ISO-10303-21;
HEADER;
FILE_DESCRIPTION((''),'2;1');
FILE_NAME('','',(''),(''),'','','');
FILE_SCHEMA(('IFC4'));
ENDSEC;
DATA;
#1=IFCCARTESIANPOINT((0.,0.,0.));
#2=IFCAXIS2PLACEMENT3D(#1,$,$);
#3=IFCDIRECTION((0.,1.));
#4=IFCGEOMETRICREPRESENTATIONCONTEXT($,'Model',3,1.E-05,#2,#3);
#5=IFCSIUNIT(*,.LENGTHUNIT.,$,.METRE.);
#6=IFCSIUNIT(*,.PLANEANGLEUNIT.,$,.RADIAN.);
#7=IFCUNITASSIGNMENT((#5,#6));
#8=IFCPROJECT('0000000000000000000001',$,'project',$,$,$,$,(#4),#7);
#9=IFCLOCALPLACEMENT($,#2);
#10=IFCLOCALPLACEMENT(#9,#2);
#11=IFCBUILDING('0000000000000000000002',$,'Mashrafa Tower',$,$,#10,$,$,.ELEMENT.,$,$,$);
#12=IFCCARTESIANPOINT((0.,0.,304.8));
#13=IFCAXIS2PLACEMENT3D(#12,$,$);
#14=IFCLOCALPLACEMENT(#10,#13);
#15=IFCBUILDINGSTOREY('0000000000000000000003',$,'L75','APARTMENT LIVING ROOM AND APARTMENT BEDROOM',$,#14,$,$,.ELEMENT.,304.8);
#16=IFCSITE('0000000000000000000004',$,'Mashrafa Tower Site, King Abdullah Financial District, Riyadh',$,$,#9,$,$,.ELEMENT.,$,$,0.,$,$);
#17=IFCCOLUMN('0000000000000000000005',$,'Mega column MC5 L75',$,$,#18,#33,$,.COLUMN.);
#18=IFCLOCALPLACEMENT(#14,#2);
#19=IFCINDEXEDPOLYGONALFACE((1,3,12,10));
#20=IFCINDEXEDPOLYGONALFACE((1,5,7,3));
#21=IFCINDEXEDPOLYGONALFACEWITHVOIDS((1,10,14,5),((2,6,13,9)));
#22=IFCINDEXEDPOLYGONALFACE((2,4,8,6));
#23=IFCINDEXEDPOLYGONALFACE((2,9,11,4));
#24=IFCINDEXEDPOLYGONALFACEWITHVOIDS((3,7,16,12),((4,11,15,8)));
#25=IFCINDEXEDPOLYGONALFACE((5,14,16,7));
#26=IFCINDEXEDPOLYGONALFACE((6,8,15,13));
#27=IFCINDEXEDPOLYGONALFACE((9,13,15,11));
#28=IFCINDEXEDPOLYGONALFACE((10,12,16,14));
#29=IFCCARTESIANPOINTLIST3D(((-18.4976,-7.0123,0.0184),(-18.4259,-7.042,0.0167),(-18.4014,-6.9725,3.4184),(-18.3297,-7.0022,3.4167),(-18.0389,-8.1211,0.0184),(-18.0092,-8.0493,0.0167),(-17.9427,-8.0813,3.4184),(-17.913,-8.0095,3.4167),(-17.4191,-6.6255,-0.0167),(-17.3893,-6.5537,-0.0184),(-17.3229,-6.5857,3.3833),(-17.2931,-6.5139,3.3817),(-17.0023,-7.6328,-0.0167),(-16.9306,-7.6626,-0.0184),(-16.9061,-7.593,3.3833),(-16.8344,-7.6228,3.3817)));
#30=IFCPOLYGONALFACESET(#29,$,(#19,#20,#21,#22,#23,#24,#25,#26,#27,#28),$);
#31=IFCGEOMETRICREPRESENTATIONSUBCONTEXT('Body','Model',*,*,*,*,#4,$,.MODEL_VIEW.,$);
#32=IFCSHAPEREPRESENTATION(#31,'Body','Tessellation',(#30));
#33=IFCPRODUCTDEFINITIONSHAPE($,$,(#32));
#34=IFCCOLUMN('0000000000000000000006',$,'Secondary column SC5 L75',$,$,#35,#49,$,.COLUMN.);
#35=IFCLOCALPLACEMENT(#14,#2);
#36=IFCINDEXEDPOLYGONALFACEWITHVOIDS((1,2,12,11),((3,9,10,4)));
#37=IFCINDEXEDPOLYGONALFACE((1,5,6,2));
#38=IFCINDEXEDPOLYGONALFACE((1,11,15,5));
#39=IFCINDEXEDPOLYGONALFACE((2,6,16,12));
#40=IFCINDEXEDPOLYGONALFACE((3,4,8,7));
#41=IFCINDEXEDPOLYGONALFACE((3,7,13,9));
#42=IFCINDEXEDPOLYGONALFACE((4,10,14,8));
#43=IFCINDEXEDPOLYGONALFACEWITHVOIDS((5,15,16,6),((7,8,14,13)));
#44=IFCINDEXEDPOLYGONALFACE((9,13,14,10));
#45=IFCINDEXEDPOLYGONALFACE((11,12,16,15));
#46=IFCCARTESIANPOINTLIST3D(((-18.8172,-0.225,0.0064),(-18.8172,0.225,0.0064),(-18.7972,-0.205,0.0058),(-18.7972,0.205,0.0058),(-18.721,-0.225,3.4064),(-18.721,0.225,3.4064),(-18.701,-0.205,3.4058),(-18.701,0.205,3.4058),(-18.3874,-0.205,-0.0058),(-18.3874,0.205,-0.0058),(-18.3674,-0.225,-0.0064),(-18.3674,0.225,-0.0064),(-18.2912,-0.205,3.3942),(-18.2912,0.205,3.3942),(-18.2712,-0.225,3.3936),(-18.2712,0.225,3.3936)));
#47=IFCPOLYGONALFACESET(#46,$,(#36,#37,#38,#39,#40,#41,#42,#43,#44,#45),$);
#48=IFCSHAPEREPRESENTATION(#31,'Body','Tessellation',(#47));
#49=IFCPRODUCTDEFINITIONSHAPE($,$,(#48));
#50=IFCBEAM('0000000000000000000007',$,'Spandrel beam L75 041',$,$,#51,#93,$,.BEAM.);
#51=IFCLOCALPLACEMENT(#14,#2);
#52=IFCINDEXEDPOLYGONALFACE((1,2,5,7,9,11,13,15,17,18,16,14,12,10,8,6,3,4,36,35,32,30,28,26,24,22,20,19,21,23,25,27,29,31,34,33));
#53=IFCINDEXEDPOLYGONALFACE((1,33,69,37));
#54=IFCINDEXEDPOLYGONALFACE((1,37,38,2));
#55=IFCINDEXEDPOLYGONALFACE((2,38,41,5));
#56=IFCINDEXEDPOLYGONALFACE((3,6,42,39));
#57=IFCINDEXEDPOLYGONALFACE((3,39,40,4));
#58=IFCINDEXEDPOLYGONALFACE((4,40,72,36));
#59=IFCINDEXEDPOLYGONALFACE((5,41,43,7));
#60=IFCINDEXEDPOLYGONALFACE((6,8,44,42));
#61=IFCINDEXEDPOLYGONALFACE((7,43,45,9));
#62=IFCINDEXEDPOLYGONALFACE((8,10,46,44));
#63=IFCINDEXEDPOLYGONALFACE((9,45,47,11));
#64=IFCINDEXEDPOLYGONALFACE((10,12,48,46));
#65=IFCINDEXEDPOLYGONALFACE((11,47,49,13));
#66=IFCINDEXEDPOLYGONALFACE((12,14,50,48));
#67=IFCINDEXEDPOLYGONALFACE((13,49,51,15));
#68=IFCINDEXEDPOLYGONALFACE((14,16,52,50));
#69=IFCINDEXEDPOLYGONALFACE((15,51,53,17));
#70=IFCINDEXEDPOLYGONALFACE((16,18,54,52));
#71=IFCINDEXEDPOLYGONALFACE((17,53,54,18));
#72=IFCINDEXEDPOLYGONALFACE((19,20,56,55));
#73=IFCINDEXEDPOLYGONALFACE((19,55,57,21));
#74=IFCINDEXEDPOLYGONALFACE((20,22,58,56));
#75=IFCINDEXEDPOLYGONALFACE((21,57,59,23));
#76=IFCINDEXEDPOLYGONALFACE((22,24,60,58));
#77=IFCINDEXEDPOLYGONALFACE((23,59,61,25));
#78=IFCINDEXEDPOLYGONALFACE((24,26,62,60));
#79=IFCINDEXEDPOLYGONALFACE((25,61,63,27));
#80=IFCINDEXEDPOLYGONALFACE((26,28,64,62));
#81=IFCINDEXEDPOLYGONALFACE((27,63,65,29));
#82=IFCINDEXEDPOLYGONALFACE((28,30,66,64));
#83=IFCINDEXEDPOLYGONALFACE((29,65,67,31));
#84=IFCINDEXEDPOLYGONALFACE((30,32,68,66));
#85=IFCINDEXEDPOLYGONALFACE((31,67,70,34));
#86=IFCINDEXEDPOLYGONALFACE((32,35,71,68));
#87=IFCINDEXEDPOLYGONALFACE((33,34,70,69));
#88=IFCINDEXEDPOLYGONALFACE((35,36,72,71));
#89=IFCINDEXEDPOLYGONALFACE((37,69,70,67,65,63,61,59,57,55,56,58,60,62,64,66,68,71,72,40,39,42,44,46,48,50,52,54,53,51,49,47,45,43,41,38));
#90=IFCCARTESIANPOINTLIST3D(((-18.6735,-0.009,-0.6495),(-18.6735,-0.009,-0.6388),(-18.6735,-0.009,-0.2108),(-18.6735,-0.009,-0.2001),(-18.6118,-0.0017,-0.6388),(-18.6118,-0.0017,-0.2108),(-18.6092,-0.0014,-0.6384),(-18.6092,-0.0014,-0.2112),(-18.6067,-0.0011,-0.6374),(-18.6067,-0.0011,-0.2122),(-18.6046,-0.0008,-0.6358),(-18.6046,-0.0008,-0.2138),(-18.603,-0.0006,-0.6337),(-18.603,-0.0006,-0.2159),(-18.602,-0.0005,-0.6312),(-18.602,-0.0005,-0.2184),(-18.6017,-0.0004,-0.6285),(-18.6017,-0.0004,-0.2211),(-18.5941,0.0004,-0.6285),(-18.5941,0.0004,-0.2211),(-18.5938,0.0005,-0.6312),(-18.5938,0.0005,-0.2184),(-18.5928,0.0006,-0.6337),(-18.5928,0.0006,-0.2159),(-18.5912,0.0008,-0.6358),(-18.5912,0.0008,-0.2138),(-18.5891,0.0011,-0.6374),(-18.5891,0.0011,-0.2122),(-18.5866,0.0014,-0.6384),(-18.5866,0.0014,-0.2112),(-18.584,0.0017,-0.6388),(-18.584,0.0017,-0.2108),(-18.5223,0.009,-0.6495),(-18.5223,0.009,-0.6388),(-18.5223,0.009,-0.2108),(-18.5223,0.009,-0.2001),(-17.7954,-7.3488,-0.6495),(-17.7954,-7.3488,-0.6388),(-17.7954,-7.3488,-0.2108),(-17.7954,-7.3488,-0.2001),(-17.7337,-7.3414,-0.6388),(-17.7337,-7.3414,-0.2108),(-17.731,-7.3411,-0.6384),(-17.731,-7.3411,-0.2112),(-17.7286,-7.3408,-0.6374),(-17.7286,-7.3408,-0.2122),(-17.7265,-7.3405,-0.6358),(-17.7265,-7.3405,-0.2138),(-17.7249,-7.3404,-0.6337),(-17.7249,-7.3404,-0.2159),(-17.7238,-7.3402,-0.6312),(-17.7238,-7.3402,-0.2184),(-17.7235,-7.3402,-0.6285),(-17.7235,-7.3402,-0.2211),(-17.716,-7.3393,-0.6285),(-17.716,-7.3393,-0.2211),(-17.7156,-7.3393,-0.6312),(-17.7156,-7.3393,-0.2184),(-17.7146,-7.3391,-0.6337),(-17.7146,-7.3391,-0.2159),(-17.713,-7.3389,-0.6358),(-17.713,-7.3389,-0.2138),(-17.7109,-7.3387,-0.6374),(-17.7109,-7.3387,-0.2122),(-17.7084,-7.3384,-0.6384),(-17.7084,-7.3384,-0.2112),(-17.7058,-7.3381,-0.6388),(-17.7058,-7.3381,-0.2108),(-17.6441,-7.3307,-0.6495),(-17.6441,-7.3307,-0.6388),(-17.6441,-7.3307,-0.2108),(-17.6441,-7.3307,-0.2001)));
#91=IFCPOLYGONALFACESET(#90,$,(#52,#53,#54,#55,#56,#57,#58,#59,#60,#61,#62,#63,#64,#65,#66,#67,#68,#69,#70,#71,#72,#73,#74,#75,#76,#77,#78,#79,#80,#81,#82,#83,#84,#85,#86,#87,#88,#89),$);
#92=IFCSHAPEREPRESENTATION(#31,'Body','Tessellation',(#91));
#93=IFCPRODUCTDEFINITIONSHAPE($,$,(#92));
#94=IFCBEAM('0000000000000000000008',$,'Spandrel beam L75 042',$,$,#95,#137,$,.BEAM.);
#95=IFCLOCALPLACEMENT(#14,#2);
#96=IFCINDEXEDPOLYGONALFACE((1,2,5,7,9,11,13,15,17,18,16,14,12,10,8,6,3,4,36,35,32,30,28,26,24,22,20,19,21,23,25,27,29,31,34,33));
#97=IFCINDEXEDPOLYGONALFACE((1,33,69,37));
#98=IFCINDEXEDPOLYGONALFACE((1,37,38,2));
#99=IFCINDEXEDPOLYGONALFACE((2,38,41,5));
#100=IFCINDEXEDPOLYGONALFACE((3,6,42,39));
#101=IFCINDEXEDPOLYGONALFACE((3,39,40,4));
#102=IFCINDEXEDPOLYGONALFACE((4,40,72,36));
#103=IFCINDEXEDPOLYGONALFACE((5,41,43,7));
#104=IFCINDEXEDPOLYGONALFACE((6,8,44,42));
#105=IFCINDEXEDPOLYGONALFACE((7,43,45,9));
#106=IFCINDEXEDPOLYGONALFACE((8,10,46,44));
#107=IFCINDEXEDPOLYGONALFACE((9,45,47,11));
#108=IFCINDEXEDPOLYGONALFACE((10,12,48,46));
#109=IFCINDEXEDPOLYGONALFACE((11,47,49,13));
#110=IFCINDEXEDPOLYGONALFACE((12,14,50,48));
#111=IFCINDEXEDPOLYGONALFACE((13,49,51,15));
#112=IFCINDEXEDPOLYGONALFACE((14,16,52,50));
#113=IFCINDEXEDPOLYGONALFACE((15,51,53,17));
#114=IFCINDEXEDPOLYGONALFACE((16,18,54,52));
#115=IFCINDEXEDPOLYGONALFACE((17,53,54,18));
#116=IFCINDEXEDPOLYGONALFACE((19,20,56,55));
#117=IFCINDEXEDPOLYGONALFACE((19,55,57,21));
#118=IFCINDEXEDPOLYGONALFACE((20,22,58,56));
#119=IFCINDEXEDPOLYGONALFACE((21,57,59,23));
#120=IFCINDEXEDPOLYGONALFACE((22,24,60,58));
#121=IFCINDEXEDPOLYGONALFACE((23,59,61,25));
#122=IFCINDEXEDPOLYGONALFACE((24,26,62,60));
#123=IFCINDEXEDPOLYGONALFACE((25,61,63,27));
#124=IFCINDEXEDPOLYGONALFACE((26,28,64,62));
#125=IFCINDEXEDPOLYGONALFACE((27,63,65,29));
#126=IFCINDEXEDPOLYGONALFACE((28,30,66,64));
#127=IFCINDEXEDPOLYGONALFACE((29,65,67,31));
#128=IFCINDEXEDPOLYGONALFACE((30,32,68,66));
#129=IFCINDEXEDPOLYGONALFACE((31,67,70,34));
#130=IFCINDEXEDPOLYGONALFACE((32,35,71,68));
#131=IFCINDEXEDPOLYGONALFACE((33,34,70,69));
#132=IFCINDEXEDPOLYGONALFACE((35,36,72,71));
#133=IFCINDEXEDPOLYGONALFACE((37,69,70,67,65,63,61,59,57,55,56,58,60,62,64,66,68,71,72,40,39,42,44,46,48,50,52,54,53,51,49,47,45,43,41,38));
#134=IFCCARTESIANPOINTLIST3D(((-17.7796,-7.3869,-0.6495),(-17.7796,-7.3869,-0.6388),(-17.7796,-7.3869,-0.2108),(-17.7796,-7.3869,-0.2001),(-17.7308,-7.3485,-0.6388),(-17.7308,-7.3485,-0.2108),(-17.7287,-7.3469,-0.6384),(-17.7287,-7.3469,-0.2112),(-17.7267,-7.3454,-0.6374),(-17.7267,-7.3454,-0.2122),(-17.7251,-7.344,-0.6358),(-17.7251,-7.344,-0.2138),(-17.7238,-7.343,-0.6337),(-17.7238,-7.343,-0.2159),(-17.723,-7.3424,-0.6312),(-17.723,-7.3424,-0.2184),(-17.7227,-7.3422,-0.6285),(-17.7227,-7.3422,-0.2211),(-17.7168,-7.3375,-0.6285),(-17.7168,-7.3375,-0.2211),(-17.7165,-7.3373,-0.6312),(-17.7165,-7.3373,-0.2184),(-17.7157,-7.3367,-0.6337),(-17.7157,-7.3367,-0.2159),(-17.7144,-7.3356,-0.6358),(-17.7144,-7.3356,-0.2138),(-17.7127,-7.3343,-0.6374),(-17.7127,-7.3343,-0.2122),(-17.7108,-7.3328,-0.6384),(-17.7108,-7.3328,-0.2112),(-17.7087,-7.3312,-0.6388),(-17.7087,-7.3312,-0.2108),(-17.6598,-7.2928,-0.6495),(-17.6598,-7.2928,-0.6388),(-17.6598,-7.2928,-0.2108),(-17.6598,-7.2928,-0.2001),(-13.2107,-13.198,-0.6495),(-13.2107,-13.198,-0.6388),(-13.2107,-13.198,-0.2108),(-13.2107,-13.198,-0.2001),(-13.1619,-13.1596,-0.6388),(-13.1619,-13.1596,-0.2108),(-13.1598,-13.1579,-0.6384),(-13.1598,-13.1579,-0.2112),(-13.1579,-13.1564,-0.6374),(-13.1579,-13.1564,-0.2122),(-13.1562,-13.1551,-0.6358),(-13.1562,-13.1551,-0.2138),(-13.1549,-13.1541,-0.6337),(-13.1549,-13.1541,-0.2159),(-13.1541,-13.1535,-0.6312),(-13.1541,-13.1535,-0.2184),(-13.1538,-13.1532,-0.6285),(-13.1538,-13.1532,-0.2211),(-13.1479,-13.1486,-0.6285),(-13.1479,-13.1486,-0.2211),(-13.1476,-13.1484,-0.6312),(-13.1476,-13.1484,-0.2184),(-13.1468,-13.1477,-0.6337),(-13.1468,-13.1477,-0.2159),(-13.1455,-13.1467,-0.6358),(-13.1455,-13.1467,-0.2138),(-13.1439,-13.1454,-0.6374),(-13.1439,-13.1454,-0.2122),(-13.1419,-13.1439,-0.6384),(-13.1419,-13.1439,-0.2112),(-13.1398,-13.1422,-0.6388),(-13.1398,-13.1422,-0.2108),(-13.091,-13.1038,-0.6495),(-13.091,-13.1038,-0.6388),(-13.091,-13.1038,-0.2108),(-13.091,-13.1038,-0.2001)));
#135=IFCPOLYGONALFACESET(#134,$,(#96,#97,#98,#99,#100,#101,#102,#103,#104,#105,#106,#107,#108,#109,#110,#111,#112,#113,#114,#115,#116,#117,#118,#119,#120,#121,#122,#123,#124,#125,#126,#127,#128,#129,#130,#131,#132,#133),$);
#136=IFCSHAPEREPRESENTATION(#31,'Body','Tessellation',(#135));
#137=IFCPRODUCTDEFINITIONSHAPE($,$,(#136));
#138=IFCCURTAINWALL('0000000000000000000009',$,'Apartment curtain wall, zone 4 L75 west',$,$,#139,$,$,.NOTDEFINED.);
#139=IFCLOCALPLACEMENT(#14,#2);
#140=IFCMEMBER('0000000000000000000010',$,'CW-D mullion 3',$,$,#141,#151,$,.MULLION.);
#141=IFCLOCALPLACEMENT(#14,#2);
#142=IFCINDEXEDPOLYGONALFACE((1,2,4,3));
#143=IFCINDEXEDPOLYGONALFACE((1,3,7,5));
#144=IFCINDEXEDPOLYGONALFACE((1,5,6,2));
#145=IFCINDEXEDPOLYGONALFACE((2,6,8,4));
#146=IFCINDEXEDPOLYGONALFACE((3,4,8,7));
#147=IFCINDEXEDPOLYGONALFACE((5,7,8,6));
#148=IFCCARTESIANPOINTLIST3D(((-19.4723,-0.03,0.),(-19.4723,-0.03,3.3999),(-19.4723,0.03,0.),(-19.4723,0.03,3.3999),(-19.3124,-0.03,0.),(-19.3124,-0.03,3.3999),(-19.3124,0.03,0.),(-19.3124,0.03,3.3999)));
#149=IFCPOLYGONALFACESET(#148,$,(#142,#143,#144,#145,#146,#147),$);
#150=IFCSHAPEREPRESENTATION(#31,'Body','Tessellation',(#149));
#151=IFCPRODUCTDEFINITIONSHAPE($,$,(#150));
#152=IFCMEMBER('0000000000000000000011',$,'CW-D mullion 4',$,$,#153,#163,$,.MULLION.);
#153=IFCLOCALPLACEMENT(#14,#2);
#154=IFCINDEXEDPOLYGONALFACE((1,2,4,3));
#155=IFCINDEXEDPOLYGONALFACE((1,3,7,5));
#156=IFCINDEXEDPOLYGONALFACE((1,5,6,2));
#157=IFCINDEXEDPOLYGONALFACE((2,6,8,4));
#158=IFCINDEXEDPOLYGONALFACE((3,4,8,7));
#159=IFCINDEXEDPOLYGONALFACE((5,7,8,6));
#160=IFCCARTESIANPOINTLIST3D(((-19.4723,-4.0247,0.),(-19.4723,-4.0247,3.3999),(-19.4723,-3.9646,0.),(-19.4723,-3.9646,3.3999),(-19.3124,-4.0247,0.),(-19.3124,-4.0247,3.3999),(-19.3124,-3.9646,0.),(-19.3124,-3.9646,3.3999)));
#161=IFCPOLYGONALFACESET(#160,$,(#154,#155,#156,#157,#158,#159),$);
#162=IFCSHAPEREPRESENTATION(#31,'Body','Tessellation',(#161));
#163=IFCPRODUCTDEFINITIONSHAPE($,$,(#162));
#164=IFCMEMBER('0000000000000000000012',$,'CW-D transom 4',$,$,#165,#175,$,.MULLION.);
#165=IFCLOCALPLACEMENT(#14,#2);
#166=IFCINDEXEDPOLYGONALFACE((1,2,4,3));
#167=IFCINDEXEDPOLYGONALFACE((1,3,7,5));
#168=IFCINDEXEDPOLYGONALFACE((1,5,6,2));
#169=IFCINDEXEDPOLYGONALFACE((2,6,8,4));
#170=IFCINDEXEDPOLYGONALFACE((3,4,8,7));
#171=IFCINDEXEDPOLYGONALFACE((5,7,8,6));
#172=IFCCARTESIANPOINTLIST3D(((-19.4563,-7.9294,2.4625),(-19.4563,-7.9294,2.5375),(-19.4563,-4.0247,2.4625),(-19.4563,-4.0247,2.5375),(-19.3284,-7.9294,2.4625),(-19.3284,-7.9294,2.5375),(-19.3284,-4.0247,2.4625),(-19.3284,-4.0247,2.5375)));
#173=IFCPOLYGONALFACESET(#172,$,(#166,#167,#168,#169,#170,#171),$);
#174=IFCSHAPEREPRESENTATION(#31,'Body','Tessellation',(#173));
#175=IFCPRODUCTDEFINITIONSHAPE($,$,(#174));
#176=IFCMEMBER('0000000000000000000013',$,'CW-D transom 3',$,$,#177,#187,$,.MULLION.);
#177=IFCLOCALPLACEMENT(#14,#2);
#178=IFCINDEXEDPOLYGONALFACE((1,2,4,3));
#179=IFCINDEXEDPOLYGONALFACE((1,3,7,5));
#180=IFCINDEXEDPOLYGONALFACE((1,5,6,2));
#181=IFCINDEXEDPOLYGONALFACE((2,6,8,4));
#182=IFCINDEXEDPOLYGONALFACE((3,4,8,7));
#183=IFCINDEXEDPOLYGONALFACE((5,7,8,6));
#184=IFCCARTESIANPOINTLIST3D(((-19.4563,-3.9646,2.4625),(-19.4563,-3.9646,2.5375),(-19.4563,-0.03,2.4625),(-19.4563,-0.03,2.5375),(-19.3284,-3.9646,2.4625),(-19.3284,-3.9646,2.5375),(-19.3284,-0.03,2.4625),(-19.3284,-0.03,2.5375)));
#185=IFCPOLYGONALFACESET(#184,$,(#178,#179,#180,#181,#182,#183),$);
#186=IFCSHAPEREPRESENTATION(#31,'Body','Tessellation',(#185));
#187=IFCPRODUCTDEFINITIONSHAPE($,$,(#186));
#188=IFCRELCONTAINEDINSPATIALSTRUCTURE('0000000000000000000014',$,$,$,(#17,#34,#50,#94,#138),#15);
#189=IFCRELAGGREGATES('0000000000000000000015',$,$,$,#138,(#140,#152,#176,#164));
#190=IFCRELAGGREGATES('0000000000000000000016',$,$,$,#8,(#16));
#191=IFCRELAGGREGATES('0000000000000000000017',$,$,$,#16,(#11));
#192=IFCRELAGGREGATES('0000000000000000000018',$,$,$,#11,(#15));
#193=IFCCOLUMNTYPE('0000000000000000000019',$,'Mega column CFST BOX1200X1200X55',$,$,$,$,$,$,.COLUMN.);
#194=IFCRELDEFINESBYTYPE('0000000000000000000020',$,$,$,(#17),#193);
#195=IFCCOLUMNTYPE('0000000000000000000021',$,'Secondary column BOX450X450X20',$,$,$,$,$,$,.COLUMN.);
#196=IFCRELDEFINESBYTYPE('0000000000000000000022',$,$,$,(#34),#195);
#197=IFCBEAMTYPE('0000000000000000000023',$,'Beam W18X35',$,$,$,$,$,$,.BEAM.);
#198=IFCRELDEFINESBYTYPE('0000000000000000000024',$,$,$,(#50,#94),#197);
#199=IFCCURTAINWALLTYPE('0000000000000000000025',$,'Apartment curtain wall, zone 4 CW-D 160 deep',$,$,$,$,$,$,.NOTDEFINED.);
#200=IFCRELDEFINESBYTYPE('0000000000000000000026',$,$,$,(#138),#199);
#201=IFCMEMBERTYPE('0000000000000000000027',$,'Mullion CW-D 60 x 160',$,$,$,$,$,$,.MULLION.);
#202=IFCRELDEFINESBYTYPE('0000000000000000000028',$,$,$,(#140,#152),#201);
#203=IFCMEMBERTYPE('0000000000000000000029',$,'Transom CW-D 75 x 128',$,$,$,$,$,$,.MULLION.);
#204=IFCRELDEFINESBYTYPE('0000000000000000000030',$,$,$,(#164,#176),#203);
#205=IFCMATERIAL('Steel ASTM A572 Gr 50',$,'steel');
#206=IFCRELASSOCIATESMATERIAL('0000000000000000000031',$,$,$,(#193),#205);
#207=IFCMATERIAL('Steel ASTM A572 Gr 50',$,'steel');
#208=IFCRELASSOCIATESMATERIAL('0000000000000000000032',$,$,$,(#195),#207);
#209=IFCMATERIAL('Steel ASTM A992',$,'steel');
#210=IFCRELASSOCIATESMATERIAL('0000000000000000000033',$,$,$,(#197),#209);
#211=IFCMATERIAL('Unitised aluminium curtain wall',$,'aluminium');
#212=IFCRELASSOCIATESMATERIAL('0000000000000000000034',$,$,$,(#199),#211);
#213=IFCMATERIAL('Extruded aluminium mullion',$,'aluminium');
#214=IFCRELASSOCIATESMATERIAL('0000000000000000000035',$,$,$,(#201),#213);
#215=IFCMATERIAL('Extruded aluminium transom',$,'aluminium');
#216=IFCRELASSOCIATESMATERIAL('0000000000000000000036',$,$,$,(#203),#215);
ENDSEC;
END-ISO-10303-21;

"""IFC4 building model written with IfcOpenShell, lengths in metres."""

from ifc_helpers import new_model, si_unit, direction, frame, origin, origin_2d, place, context, subcontext, project, spatial, rectangle, hollow_rectangle, i_section, extrude, source, transform, mapped, material, material_profile, profile_set, type_object, type_shapes, element, aggregate, save


model = new_model("IFC4")

# Units and contexts
model_context = context("Model", 3, precision=1e-05, world=origin(), true_north=direction((0.0, 1.0)))
body_context = subcontext(model_context, "Body", "Model", "MODEL_VIEW")
ifc_project = project(units=[si_unit("LENGTHUNIT", "METRE"), si_unit("PLANEANGLEUNIT", "RADIAN")], contexts=[model_context])

# Site, building, storey
site_placement = place(None, origin())
site = spatial("IfcSite", under=ifc_project, at=site_placement, Name="Mashrafa Tower Site, King Abdullah Financial District, Riyadh", CompositionType="ELEMENT", RefElevation=0.0)
building_placement = place(site_placement, origin())
building = spatial("IfcBuilding", under=site, at=building_placement, Name="Mashrafa Tower", CompositionType="ELEMENT")
storey_placement = place(building_placement, frame((0.0, 0.0, 304.8)))
storey = spatial("IfcBuildingStorey", under=building, at=storey_placement, Name="L75", Description="APARTMENT LIVING ROOM AND APARTMENT BEDROOM", CompositionType="ELEMENT", Elevation=304.8)

# Columns
ifc_material_1 = material(Name="Steel ASTM A572 Gr 50", Category="steel")
ifc_material_profile_1 = material_profile(ifc_material_1, hollow_rectangle(XDim=1.2, YDim=1.2, WallThickness=0.0549, at=origin_2d()), Name="BOX1200X1200X55")
ifc_profile_set_1 = profile_set([ifc_material_profile_1], Name="Steel ASTM A572 Gr 50")
column_type_1 = type_object("IfcColumnType", Name="Mega column CFST BOX1200X1200X55", PredefinedType="COLUMN", material=ifc_profile_set_1)
column_1_placement = place(storey_placement, frame((-17.7141, -7.3374, 0.0), z_axis=(0.028279, 0.011699, 0.999532), x_axis=(-0.382283, 0.924045, 0.0)))
element("IfcColumn", 1, at=column_1_placement, inside=storey, type_object=column_type_1, Name="Mega column MC5 L75", PredefinedType="COLUMN", context=body_context, shape_type="SweptSolid", body=[
    extrude(hollow_rectangle(XDim=1.2, YDim=1.2, WallThickness=0.0549, at=origin_2d()), origin(), (0.0, 0.0, 1.0), 3.4016),
])
ifc_material_2 = material(Name="Steel ASTM A572 Gr 50", Category="steel")
ifc_material_profile_2 = material_profile(ifc_material_2, hollow_rectangle(XDim=0.45, YDim=0.45, WallThickness=0.02, at=origin_2d()), Name="BOX450X450X20")
ifc_profile_set_2 = profile_set([ifc_material_profile_2], Name="Steel ASTM A572 Gr 50")
column_type_2 = type_object("IfcColumnType", Name="Secondary column BOX450X450X20", PredefinedType="COLUMN", material=ifc_profile_set_2)
column_2_placement = place(storey_placement, frame((-18.5923, 0.0, 0.0), z_axis=(0.028281, 0.0, 0.9996), x_axis=(0.0, 1.0, 0.0)))
element("IfcColumn", 2, at=column_2_placement, inside=storey, type_object=column_type_2, Name="Secondary column SC5 L75", PredefinedType="COLUMN", context=body_context, shape_type="SweptSolid", body=[
    extrude(hollow_rectangle(XDim=0.45, YDim=0.45, WallThickness=0.02, at=origin_2d()), origin(), (0.0, 0.0, 1.0), 3.4014),
])

# Beams
ifc_material_3 = material(Name="Steel ASTM A992", Category="steel")
ifc_material_profile_3 = material_profile(ifc_material_3, i_section(OverallWidth=0.1523, OverallDepth=0.4495, WebThickness=0.0076, FlangeThickness=0.0107, FilletRadius=0.0103, at=origin_2d()), Name="W18X35")
ifc_profile_set_3 = profile_set([ifc_material_profile_3], Name="Steel ASTM A992")
beam_type = type_object("IfcBeamType", Name="Beam W18X35", PredefinedType="BEAM", material=ifc_profile_set_3)
for number, where, z_axis, x_axis, name in (
    (3, (-18.5979, 0.0, -0.4248), (0.118797, -0.992919, 0.0), (0.992919, 0.118797, 0.0), "Spandrel beam L75 041"),
    (4, (-17.7197, -7.3398, -0.4248), (0.618075, -0.786119, 0.0), (0.786119, 0.618075, 0.0), "Spandrel beam L75 042"),
):
    element("IfcBeam", number, at=place(storey_placement, frame(where, z_axis=z_axis, x_axis=x_axis)), inside=storey, type_object=beam_type, Name=name, PredefinedType="BEAM", context=body_context, shape_type="SweptSolid", body=[
        extrude(i_section(OverallWidth=0.1523, OverallDepth=0.4495, WebThickness=0.0076, FlangeThickness=0.0107, FilletRadius=0.0103, at=origin_2d()), origin(), (0.0, 0.0, 1.0), 7.3921),
    ])

# Curtain wall, members
ifc_material_4 = material(Name="Unitised aluminium curtain wall", Category="aluminium")
curtain_wall_type = type_object("IfcCurtainWallType", Name="Apartment curtain wall, zone 4 CW-D 160 deep", PredefinedType="NOTDEFINED", material=ifc_material_4)
curtain_wall_placement = place(storey_placement, origin())
curtain_wall = element("IfcCurtainWall", 5, at=curtain_wall_placement, inside=storey, type_object=curtain_wall_type, Name="Apartment curtain wall, zone 4 L75 west", PredefinedType="NOTDEFINED")
ifc_material_5 = material(Name="Extruded aluminium mullion", Category="aluminium")
ifc_material_profile_4 = material_profile(ifc_material_5, rectangle(XDim=0.1599, YDim=0.0601, at=origin_2d()), Name="Mullion 60x160")
ifc_profile_set_4 = profile_set([ifc_material_profile_4], Name="Extruded aluminium mullion")
member_type_1 = type_object("IfcMemberType", Name="Mullion CW-D 60 x 160", PredefinedType="MULLION", material=ifc_profile_set_4)
shared_shape_1 = source(origin(), body_context, "Body", "SweptSolid", [
    extrude(rectangle(XDim=0.1599, YDim=0.0601, at=origin_2d()), origin(), (0.0, 0.0, 1.0), 3.3999),
])
type_shapes(member_type_1, [shared_shape_1])
member_1_placement = place(storey_placement, frame((-19.3923, 0.0, 0.0), z_axis=(0.0, 0.0, 1.0), x_axis=(1.0, 0.0, 0.0)))
member_1 = element("IfcMember", 6, at=member_1_placement, type_object=member_type_1, Name="CW-D mullion 3", PredefinedType="MULLION", context=body_context, shape_type="MappedRepresentation", body=[
    mapped(shared_shape_1, transform((0.0, 0.0, 0.0))),
])
member_2_placement = place(storey_placement, frame((-19.3923, -3.9946, 0.0), z_axis=(0.0, 0.0, 1.0), x_axis=(1.0, 0.0, 0.0)))
member_2 = element("IfcMember", 7, at=member_2_placement, type_object=member_type_1, Name="CW-D mullion 4", PredefinedType="MULLION", context=body_context, shape_type="MappedRepresentation", body=[
    mapped(shared_shape_1, transform((0.0, 0.0, 0.0))),
])
ifc_material_6 = material(Name="Extruded aluminium transom", Category="aluminium")
ifc_material_profile_5 = material_profile(ifc_material_6, rectangle(XDim=0.1279, YDim=0.075, at=origin_2d()), Name="Transom 75x128")
ifc_profile_set_5 = profile_set([ifc_material_profile_5], Name="Extruded aluminium transom")
member_type_2 = type_object("IfcMemberType", Name="Transom CW-D 75 x 128", PredefinedType="MULLION", material=ifc_profile_set_5)
shared_shape_2 = source(origin(), body_context, "Body", "SweptSolid", [
    extrude(rectangle(XDim=0.1279, YDim=0.075, at=origin_2d()), origin(), (0.0, 0.0, 1.0), 3.9048),
])
member_3_placement = place(storey_placement, frame((-19.3923, -4.0247, 2.5), z_axis=(0.0, -1.0, 0.0), x_axis=(1.0, 0.0, 0.0)))
member_3 = element("IfcMember", 8, at=member_3_placement, type_object=member_type_2, Name="CW-D transom 4", PredefinedType="MULLION", context=body_context, shape_type="MappedRepresentation", body=[
    mapped(shared_shape_2, transform((0.0, 0.0, 0.0))),
])
shared_shape_3 = source(origin(), body_context, "Body", "SweptSolid", [
    extrude(rectangle(XDim=0.1279, YDim=0.075, at=origin_2d()), origin(), (0.0, 0.0, 1.0), 3.9346),
])
type_shapes(member_type_2, [shared_shape_2, shared_shape_3])
member_4_placement = place(storey_placement, frame((-19.3923, -0.03, 2.5), z_axis=(0.0, -1.0, 0.0), x_axis=(1.0, 0.0, 0.0)))
member_4 = element("IfcMember", 9, at=member_4_placement, type_object=member_type_2, Name="CW-D transom 3", PredefinedType="MULLION", context=body_context, shape_type="MappedRepresentation", body=[
    mapped(shared_shape_3, transform((0.0, 0.0, 0.0))),
])
aggregate(curtain_wall, [member_1, member_2, member_4, member_3])

save(model, "model.ifc")
